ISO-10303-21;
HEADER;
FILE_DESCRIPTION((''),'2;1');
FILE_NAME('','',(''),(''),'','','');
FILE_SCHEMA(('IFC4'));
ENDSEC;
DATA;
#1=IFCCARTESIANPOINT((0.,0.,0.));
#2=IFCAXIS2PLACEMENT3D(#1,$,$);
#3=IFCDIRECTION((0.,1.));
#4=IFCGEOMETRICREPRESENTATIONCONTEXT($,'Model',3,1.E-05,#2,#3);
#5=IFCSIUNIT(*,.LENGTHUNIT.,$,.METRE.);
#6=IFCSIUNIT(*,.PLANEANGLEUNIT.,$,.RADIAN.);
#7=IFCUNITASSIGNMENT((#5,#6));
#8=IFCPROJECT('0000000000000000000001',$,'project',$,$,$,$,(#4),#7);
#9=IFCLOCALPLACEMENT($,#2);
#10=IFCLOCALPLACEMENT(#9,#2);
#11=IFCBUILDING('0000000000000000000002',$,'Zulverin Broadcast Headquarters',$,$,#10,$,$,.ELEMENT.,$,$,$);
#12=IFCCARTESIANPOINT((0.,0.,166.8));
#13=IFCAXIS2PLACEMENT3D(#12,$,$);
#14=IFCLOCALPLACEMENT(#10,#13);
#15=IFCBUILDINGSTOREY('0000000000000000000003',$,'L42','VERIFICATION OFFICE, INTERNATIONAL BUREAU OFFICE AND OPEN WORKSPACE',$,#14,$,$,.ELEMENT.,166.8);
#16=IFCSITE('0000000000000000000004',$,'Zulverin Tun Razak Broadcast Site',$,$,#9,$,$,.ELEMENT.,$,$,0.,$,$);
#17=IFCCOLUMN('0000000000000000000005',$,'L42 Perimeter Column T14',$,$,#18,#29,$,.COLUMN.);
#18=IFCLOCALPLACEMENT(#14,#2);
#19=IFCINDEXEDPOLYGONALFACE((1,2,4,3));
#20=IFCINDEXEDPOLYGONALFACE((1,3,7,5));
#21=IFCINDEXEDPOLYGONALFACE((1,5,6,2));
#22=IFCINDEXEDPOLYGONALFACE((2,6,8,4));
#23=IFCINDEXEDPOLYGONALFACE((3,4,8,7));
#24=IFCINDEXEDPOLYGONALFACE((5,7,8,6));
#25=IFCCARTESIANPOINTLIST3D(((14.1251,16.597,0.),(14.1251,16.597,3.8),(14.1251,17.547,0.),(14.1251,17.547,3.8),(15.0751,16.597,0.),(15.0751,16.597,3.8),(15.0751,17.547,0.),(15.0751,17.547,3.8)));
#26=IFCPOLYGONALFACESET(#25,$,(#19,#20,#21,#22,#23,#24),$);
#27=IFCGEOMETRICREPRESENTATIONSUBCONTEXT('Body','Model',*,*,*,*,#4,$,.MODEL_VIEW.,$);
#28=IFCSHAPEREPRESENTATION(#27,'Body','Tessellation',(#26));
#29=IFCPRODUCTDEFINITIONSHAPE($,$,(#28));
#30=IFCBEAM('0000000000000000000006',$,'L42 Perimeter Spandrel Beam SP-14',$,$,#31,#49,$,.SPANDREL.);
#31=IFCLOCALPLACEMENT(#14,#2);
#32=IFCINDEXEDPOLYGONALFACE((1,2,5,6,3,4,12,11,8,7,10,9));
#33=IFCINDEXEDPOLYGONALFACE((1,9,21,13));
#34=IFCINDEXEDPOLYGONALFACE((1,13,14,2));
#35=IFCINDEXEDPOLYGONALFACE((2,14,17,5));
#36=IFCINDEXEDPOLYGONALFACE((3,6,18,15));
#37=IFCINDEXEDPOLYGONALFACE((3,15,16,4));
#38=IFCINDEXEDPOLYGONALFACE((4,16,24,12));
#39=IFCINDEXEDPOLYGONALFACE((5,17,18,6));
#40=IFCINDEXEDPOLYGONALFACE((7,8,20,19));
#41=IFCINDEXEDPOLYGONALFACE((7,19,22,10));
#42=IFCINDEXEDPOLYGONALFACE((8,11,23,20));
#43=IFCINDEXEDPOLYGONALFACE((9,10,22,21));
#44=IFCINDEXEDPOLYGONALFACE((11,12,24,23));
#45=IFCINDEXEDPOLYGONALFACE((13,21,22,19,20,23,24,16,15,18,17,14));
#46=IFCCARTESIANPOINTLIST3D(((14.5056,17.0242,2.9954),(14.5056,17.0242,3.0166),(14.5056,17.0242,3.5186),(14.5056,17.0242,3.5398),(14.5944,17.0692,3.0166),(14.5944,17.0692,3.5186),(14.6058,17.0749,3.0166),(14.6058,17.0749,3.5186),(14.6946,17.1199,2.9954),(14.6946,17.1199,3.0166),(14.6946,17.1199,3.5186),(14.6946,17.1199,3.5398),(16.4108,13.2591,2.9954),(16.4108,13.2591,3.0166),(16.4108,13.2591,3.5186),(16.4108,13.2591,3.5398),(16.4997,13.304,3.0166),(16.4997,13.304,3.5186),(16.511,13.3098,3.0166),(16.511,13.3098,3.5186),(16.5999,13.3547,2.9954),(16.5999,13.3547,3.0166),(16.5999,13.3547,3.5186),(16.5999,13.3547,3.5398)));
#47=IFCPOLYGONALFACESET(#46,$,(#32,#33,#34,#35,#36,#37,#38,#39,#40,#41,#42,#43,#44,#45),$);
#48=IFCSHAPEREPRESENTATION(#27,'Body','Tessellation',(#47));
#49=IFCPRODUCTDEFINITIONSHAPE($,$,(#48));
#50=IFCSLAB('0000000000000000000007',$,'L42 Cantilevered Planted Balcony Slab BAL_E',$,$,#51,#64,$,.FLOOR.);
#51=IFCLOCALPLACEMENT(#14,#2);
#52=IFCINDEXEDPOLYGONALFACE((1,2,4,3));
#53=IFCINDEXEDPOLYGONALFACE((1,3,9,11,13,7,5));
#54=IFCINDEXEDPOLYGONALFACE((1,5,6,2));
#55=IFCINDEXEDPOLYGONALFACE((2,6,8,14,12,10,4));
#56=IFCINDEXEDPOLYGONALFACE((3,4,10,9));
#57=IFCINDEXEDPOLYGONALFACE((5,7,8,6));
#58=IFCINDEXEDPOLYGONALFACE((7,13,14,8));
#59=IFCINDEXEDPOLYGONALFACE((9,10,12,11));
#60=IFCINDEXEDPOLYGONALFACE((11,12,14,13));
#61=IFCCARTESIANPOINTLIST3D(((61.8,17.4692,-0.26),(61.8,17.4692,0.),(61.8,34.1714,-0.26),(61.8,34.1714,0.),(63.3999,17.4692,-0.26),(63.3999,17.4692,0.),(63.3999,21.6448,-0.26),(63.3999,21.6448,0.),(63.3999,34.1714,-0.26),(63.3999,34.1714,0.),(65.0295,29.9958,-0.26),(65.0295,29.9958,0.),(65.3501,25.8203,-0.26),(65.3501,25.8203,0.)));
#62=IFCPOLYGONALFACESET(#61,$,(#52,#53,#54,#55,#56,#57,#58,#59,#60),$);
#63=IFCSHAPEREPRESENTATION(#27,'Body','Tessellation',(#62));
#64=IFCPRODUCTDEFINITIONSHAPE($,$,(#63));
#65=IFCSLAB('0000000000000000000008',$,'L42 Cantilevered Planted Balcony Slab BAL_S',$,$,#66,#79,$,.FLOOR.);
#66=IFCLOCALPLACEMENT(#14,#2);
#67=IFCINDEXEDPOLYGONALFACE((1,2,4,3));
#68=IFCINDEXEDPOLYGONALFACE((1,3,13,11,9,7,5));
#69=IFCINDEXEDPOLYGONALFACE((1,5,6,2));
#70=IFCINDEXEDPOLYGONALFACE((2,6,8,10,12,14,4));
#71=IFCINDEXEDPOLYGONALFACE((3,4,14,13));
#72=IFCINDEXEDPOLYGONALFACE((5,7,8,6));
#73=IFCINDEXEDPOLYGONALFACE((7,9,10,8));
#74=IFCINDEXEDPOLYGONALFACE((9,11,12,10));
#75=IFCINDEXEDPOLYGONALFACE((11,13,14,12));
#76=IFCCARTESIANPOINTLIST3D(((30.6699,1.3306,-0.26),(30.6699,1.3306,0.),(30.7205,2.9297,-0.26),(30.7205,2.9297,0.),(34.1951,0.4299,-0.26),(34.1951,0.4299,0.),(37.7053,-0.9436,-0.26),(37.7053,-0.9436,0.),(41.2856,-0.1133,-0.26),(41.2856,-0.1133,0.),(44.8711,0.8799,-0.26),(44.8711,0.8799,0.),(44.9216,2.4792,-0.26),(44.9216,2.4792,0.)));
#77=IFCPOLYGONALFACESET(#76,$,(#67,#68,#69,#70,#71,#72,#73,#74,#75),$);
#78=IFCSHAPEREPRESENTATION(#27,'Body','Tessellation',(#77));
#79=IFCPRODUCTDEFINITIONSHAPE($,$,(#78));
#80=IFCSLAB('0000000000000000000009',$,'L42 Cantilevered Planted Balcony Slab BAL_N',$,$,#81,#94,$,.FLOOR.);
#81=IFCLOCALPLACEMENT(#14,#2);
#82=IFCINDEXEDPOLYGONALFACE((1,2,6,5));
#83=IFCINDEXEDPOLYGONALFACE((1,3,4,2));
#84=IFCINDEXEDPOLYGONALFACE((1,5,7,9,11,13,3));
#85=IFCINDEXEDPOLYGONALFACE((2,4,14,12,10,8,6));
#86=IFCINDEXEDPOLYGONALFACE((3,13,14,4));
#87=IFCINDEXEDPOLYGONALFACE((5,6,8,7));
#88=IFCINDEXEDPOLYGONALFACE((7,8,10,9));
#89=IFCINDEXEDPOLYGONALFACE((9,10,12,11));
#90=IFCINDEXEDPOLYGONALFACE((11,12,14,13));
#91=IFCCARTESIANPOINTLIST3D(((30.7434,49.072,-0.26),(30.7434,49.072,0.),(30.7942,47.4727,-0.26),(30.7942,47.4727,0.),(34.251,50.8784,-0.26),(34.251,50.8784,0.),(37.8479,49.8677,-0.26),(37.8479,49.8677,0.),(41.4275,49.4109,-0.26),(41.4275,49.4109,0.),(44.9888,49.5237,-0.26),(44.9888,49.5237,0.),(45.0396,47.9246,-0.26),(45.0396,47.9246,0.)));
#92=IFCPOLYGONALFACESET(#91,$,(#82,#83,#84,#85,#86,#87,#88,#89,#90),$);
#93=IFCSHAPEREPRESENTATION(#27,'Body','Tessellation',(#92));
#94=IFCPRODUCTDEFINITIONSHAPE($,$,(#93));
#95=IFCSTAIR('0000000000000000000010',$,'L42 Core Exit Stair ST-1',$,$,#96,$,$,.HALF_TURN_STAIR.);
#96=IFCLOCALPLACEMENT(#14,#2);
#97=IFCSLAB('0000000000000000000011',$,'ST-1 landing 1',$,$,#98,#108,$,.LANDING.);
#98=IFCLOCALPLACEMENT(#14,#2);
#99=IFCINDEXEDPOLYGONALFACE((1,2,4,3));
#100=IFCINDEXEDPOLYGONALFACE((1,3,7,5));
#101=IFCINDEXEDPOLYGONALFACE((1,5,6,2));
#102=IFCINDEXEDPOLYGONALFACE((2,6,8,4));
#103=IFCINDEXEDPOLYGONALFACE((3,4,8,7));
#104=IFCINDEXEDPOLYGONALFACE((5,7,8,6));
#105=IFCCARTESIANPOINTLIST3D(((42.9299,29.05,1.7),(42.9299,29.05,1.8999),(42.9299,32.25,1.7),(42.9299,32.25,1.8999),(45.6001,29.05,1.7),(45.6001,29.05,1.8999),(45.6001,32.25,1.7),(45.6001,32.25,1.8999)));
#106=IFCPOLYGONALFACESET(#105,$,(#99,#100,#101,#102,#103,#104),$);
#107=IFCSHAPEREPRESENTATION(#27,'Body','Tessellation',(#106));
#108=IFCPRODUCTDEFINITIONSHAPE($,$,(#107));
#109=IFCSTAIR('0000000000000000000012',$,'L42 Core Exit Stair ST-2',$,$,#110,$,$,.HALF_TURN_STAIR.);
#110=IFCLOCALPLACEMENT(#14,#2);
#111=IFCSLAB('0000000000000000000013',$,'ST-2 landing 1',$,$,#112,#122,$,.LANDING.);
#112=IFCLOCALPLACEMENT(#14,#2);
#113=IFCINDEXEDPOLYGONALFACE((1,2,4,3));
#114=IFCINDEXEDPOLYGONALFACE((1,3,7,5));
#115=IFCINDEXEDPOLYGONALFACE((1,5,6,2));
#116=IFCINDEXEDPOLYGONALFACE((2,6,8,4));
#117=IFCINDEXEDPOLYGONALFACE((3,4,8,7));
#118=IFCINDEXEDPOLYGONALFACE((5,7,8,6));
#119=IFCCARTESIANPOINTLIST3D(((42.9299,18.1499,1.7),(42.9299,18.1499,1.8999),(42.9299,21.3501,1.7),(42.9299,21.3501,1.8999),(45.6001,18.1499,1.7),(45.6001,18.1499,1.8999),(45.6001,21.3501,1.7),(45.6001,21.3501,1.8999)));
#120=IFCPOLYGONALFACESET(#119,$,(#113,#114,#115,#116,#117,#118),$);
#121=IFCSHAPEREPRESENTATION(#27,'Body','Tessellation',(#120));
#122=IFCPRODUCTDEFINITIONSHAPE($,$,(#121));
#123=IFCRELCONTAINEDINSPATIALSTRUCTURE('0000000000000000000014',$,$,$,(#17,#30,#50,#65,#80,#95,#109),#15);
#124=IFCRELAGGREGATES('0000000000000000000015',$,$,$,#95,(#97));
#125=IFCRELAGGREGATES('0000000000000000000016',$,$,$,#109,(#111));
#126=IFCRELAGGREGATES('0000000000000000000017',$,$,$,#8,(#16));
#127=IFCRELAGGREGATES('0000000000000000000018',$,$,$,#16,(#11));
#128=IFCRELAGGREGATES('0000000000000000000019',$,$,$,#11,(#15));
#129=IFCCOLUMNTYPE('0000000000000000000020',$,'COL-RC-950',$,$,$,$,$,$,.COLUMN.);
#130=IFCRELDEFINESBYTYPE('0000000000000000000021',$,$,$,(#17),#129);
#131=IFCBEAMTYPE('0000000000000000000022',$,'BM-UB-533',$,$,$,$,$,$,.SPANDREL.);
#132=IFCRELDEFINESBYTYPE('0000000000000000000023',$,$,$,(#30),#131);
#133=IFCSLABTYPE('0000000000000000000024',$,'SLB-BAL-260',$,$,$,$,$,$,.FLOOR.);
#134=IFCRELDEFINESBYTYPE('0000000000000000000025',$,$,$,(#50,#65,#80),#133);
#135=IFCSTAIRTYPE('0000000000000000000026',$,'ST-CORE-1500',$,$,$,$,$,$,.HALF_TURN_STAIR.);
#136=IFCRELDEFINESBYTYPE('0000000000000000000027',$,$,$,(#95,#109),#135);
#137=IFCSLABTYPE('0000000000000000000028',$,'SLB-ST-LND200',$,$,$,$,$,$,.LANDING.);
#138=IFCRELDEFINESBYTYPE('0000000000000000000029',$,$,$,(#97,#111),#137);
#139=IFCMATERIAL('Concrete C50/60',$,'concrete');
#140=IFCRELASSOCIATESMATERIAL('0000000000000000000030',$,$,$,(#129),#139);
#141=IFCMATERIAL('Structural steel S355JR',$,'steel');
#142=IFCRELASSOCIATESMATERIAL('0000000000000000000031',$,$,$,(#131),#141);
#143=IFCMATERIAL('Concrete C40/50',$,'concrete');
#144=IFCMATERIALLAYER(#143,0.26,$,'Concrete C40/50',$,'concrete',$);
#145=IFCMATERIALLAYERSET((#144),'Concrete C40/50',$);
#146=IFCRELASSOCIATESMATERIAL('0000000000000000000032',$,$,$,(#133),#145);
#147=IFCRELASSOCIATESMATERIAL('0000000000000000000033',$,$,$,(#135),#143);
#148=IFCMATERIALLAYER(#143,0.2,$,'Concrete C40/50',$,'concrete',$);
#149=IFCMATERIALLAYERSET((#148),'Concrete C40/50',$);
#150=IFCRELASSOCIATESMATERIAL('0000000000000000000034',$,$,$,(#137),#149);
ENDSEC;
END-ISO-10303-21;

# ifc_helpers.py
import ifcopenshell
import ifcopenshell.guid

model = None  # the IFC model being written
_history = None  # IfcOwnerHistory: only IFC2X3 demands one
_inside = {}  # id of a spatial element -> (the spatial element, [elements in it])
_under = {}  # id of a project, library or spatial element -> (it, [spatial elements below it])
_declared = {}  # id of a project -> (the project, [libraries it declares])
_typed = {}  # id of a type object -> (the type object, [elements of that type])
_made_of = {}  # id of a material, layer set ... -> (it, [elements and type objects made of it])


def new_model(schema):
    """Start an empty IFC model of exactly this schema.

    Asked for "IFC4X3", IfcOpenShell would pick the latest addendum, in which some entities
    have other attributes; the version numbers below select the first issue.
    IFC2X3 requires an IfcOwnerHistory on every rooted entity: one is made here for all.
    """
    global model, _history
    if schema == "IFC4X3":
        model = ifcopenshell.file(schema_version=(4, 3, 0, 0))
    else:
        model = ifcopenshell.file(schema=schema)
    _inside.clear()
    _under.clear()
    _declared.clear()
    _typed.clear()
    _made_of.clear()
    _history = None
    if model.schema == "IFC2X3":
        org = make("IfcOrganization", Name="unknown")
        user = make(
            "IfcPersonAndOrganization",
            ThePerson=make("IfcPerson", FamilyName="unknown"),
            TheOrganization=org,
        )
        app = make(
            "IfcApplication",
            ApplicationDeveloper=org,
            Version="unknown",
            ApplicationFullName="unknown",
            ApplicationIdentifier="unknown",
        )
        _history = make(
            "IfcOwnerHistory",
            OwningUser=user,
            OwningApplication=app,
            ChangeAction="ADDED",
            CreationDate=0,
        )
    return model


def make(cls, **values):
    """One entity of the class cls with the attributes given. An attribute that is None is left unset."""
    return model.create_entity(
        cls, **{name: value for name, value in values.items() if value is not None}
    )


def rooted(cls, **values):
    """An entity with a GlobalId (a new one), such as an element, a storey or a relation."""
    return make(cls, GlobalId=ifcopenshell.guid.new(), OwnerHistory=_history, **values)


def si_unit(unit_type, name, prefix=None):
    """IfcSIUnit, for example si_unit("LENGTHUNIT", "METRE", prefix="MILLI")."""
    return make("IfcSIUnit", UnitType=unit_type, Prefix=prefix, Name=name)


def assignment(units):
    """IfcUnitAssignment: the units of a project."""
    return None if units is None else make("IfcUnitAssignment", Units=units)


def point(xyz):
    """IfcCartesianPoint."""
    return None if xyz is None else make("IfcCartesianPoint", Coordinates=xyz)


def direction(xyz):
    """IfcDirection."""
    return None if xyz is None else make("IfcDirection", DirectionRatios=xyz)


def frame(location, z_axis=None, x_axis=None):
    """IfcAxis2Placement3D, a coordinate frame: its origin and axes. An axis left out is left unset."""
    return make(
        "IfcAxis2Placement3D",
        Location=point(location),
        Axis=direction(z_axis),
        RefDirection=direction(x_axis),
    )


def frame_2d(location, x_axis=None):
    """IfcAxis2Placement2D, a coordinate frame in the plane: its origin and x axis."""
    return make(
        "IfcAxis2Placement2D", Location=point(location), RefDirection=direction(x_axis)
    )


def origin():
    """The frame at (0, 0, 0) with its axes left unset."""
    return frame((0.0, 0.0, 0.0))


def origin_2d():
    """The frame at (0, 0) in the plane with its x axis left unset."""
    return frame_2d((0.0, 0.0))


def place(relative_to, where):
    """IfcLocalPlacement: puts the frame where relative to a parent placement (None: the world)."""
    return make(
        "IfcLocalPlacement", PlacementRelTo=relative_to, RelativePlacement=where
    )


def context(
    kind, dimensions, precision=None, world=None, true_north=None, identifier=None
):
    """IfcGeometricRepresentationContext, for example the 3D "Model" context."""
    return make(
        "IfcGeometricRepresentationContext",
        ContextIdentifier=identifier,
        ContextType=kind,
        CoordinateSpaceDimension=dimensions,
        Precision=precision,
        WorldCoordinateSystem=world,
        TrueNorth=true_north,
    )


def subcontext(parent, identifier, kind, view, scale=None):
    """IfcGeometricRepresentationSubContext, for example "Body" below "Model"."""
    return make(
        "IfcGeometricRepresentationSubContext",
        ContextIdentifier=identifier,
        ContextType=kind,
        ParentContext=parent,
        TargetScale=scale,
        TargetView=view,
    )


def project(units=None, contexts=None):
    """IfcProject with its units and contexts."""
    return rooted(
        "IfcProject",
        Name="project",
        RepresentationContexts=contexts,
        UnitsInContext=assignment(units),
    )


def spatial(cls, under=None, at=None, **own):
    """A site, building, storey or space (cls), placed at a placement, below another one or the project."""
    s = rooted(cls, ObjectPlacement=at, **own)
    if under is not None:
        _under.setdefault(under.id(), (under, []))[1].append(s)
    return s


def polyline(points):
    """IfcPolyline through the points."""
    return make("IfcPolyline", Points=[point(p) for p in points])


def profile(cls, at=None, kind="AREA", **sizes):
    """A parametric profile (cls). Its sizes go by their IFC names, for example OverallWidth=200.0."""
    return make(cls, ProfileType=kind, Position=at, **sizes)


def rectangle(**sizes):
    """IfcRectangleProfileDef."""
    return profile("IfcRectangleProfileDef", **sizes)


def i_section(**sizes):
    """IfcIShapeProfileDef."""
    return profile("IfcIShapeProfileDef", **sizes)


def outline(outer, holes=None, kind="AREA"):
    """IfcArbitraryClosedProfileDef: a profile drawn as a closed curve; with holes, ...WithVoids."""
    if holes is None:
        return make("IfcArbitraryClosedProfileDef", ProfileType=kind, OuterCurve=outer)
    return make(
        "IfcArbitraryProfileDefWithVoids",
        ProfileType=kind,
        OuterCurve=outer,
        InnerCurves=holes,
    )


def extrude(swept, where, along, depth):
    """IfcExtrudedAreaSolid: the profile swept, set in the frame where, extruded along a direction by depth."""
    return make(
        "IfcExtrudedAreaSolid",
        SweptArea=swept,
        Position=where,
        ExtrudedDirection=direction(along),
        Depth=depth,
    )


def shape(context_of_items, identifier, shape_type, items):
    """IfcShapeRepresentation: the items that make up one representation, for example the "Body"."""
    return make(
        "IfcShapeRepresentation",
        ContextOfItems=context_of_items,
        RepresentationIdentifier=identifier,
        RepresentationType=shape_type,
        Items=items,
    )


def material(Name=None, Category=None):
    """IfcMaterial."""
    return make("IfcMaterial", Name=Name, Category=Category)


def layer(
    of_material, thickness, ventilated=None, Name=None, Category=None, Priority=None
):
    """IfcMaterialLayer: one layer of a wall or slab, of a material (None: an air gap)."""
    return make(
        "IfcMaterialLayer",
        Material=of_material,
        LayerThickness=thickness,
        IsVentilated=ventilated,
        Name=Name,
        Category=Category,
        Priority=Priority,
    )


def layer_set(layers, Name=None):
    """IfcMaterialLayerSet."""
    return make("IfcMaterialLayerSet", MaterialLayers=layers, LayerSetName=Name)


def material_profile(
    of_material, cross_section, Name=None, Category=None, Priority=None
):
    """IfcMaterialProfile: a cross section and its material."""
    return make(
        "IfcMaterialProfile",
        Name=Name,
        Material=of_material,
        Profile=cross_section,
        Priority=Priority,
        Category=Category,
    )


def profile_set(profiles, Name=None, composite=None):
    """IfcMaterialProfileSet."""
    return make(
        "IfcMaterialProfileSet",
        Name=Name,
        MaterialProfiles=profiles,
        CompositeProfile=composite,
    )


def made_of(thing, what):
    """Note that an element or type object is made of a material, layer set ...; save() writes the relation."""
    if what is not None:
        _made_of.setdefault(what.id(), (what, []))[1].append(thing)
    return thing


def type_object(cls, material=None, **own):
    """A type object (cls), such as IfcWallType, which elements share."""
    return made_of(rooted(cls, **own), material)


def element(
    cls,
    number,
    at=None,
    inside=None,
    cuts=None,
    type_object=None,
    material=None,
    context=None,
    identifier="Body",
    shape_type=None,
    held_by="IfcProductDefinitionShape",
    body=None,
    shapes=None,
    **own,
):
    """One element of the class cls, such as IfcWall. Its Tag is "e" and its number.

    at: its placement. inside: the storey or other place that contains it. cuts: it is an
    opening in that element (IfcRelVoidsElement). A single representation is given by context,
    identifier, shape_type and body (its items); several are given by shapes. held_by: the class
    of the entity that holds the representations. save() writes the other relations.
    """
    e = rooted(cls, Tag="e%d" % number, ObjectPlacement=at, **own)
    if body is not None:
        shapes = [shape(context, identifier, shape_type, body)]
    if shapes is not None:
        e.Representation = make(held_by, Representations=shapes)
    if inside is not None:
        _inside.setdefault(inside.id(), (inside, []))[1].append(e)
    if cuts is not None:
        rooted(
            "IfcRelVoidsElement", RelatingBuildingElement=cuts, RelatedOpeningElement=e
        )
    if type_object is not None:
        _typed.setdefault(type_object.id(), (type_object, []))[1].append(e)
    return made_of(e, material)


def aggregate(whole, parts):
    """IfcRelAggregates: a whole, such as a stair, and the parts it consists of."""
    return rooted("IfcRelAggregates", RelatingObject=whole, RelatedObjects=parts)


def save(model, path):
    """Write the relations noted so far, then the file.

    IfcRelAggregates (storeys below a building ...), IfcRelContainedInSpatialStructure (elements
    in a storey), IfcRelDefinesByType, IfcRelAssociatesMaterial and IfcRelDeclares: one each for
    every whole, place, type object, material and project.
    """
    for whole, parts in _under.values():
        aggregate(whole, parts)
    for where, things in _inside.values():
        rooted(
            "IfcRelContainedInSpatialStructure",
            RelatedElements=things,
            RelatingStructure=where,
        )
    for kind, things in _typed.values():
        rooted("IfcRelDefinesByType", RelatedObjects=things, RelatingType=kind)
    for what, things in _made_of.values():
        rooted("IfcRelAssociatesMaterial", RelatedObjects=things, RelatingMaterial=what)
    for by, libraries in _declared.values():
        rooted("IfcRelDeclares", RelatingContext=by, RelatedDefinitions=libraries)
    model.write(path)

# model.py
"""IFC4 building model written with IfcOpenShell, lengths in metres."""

from ifc_helpers import new_model, si_unit, direction, frame, origin, origin_2d, place, context, subcontext, project, spatial, polyline, rectangle, i_section, outline, extrude, material, layer, layer_set, material_profile, profile_set, type_object, element, aggregate, save


model = new_model("IFC4")

# Units and contexts
model_context = context("Model", 3, precision=1e-05, world=origin(), true_north=direction((0.0, 1.0)))
body_context = subcontext(model_context, "Body", "Model", "MODEL_VIEW")
ifc_project = project(units=[si_unit("LENGTHUNIT", "METRE"), si_unit("PLANEANGLEUNIT", "RADIAN")], contexts=[model_context])

# Site, building, storey
site_placement = place(None, origin())
site = spatial("IfcSite", under=ifc_project, at=site_placement, Name="Zulverin Tun Razak Broadcast Site", CompositionType="ELEMENT", RefElevation=0.0)
building_placement = place(site_placement, origin())
building = spatial("IfcBuilding", under=site, at=building_placement, Name="Zulverin Broadcast Headquarters", CompositionType="ELEMENT")
storey_placement = place(building_placement, frame((0.0, 0.0, 166.8)))
storey = spatial("IfcBuildingStorey", under=building, at=storey_placement, Name="L42", Description="VERIFICATION OFFICE, INTERNATIONAL BUREAU OFFICE AND OPEN WORKSPACE", CompositionType="ELEMENT", Elevation=166.8)

# Column
ifc_material_1 = material(Name="Concrete C50/60", Category="concrete")
ifc_material_profile_1 = material_profile(ifc_material_1, rectangle(XDim=0.95, YDim=0.95, at=origin_2d()), Name="Concrete C50/60", Category="concrete")
ifc_profile_set_1 = profile_set([ifc_material_profile_1], Name="Concrete C50/60")
column_type = type_object("IfcColumnType", Name="COL-RC-950", PredefinedType="COLUMN", material=ifc_profile_set_1)
column_placement = place(storey_placement, frame((14.6001, 17.072, 0.0), z_axis=(0.0, 0.0, 1.0), x_axis=(1.0, 0.0, 0.0)))
element("IfcColumn", 1, at=column_placement, inside=storey, type_object=column_type, Name="L42 Perimeter Column T14", PredefinedType="COLUMN", context=body_context, shape_type="SweptSolid", body=[
    extrude(rectangle(XDim=0.95, YDim=0.95, at=origin_2d()), origin(), (0.0, 0.0, 1.0), 3.8),
])

# Beam
ifc_material_2 = material(Name="Structural steel S355JR", Category="steel")
ifc_material_profile_2 = material_profile(ifc_material_2, i_section(OverallWidth=0.2119, OverallDepth=0.5444, WebThickness=0.0127, FlangeThickness=0.0212, at=origin_2d()), Name="Structural steel S355JR", Category="steel")
ifc_profile_set_2 = profile_set([ifc_material_profile_2], Name="Structural steel S355JR")
beam_type = type_object("IfcBeamType", Name="BM-UB-533", PredefinedType="SPANDREL", material=ifc_profile_set_2)
beam_placement = place(storey_placement, frame((14.6001, 17.072, 3.2676), z_axis=(0.451513, -0.892265, 0.0), x_axis=(0.892265, 0.451513, 0.0)))
element("IfcBeam", 2, at=beam_placement, inside=storey, type_object=beam_type, Name="L42 Perimeter Spandrel Beam SP-14", PredefinedType="SPANDREL", context=body_context, shape_type="SweptSolid", body=[
    extrude(i_section(OverallWidth=0.2119, OverallDepth=0.5444, WebThickness=0.0127, FlangeThickness=0.0212, at=origin_2d()), origin(), (0.0, 0.0, 1.0), 4.2197),
])

# Slabs
ifc_material_3 = material(Name="Concrete C40/50", Category="concrete")
ifc_layer_1 = layer(ifc_material_3, 0.26, Name="Concrete C40/50", Category="concrete")
ifc_layer_set_1 = layer_set([ifc_layer_1], Name="Concrete C40/50")
slab_type_1 = type_object("IfcSlabType", Name="SLB-BAL-260", PredefinedType="FLOOR", material=ifc_layer_set_1)
slab_1_placement = place(storey_placement, frame((0.0, 0.0, -0.26)))
element("IfcSlab", 3, at=slab_1_placement, inside=storey, type_object=slab_type_1, Name="L42 Cantilevered Planted Balcony Slab BAL_E", PredefinedType="FLOOR", context=body_context, shape_type="SweptSolid", body=[
    extrude(outline(polyline([(61.8, 34.1714), (61.8, 17.4692), (63.3999, 17.4692), (63.3999, 21.6448), (65.3501, 25.8203), (65.0295, 29.9958), (63.3999, 34.1714), (61.8, 34.1714)])), origin(), (0.0, 0.0, 1.0), 0.26),
])
slab_2_placement = place(storey_placement, frame((0.0, 0.0, -0.26)))
element("IfcSlab", 4, at=slab_2_placement, inside=storey, type_object=slab_type_1, Name="L42 Cantilevered Planted Balcony Slab BAL_S", PredefinedType="FLOOR", context=body_context, shape_type="SweptSolid", body=[
    extrude(outline(polyline([(44.9216, 2.4792), (30.7205, 2.9297), (30.6699, 1.3306), (34.1951, 0.4299), (37.7053, -0.9436), (41.2856, -0.1133), (44.8711, 0.8799), (44.9216, 2.4792)])), origin(), (0.0, 0.0, 1.0), 0.26),
])
slab_3_placement = place(storey_placement, frame((0.0, 0.0, -0.26)))
element("IfcSlab", 5, at=slab_3_placement, inside=storey, type_object=slab_type_1, Name="L42 Cantilevered Planted Balcony Slab BAL_N", PredefinedType="FLOOR", context=body_context, shape_type="SweptSolid", body=[
    extrude(outline(polyline([(30.7942, 47.4727), (45.0396, 47.9246), (44.9888, 49.5237), (41.4275, 49.4109), (37.8479, 49.8677), (34.251, 50.8784), (30.7434, 49.072), (30.7942, 47.4727)])), origin(), (0.0, 0.0, 1.0), 0.26),
])

# Stairs, slabs
stair_type = type_object("IfcStairType", Name="ST-CORE-1500", PredefinedType="HALF_TURN_STAIR", material=ifc_material_3)
stair_1_placement = place(storey_placement, origin())
stair_1 = element("IfcStair", 6, at=stair_1_placement, inside=storey, type_object=stair_type, Name="L42 Core Exit Stair ST-1", PredefinedType="HALF_TURN_STAIR")
ifc_layer_2 = layer(ifc_material_3, 0.2, Name="Concrete C40/50", Category="concrete")
ifc_layer_set_2 = layer_set([ifc_layer_2], Name="Concrete C40/50")
slab_type_2 = type_object("IfcSlabType", Name="SLB-ST-LND200", PredefinedType="LANDING", material=ifc_layer_set_2)
slab_4_placement = place(storey_placement, frame((0.0, 0.0, 1.7)))
slab_4 = element("IfcSlab", 7, at=slab_4_placement, type_object=slab_type_2, Name="ST-1 landing 1", PredefinedType="LANDING", context=body_context, shape_type="SweptSolid", body=[
    extrude(outline(polyline([(42.9299, 29.05), (45.6001, 29.05), (45.6001, 32.25), (42.9299, 32.25), (42.9299, 29.05)])), origin(), (0.0, 0.0, 1.0), 0.2),
])
aggregate(stair_1, [slab_4])
stair_2_placement = place(storey_placement, origin())
stair_2 = element("IfcStair", 8, at=stair_2_placement, inside=storey, type_object=stair_type, Name="L42 Core Exit Stair ST-2", PredefinedType="HALF_TURN_STAIR")
slab_5_placement = place(storey_placement, frame((0.0, 0.0, 1.7)))
slab_5 = element("IfcSlab", 9, at=slab_5_placement, type_object=slab_type_2, Name="ST-2 landing 1", PredefinedType="LANDING", context=body_context, shape_type="SweptSolid", body=[
    extrude(outline(polyline([(42.9299, 18.1499), (45.6001, 18.1499), (45.6001, 21.3501), (42.9299, 21.3501), (42.9299, 18.1499)])), origin(), (0.0, 0.0, 1.0), 0.2),
])
aggregate(stair_2, [slab_5])

save(model, "model.ifc")
